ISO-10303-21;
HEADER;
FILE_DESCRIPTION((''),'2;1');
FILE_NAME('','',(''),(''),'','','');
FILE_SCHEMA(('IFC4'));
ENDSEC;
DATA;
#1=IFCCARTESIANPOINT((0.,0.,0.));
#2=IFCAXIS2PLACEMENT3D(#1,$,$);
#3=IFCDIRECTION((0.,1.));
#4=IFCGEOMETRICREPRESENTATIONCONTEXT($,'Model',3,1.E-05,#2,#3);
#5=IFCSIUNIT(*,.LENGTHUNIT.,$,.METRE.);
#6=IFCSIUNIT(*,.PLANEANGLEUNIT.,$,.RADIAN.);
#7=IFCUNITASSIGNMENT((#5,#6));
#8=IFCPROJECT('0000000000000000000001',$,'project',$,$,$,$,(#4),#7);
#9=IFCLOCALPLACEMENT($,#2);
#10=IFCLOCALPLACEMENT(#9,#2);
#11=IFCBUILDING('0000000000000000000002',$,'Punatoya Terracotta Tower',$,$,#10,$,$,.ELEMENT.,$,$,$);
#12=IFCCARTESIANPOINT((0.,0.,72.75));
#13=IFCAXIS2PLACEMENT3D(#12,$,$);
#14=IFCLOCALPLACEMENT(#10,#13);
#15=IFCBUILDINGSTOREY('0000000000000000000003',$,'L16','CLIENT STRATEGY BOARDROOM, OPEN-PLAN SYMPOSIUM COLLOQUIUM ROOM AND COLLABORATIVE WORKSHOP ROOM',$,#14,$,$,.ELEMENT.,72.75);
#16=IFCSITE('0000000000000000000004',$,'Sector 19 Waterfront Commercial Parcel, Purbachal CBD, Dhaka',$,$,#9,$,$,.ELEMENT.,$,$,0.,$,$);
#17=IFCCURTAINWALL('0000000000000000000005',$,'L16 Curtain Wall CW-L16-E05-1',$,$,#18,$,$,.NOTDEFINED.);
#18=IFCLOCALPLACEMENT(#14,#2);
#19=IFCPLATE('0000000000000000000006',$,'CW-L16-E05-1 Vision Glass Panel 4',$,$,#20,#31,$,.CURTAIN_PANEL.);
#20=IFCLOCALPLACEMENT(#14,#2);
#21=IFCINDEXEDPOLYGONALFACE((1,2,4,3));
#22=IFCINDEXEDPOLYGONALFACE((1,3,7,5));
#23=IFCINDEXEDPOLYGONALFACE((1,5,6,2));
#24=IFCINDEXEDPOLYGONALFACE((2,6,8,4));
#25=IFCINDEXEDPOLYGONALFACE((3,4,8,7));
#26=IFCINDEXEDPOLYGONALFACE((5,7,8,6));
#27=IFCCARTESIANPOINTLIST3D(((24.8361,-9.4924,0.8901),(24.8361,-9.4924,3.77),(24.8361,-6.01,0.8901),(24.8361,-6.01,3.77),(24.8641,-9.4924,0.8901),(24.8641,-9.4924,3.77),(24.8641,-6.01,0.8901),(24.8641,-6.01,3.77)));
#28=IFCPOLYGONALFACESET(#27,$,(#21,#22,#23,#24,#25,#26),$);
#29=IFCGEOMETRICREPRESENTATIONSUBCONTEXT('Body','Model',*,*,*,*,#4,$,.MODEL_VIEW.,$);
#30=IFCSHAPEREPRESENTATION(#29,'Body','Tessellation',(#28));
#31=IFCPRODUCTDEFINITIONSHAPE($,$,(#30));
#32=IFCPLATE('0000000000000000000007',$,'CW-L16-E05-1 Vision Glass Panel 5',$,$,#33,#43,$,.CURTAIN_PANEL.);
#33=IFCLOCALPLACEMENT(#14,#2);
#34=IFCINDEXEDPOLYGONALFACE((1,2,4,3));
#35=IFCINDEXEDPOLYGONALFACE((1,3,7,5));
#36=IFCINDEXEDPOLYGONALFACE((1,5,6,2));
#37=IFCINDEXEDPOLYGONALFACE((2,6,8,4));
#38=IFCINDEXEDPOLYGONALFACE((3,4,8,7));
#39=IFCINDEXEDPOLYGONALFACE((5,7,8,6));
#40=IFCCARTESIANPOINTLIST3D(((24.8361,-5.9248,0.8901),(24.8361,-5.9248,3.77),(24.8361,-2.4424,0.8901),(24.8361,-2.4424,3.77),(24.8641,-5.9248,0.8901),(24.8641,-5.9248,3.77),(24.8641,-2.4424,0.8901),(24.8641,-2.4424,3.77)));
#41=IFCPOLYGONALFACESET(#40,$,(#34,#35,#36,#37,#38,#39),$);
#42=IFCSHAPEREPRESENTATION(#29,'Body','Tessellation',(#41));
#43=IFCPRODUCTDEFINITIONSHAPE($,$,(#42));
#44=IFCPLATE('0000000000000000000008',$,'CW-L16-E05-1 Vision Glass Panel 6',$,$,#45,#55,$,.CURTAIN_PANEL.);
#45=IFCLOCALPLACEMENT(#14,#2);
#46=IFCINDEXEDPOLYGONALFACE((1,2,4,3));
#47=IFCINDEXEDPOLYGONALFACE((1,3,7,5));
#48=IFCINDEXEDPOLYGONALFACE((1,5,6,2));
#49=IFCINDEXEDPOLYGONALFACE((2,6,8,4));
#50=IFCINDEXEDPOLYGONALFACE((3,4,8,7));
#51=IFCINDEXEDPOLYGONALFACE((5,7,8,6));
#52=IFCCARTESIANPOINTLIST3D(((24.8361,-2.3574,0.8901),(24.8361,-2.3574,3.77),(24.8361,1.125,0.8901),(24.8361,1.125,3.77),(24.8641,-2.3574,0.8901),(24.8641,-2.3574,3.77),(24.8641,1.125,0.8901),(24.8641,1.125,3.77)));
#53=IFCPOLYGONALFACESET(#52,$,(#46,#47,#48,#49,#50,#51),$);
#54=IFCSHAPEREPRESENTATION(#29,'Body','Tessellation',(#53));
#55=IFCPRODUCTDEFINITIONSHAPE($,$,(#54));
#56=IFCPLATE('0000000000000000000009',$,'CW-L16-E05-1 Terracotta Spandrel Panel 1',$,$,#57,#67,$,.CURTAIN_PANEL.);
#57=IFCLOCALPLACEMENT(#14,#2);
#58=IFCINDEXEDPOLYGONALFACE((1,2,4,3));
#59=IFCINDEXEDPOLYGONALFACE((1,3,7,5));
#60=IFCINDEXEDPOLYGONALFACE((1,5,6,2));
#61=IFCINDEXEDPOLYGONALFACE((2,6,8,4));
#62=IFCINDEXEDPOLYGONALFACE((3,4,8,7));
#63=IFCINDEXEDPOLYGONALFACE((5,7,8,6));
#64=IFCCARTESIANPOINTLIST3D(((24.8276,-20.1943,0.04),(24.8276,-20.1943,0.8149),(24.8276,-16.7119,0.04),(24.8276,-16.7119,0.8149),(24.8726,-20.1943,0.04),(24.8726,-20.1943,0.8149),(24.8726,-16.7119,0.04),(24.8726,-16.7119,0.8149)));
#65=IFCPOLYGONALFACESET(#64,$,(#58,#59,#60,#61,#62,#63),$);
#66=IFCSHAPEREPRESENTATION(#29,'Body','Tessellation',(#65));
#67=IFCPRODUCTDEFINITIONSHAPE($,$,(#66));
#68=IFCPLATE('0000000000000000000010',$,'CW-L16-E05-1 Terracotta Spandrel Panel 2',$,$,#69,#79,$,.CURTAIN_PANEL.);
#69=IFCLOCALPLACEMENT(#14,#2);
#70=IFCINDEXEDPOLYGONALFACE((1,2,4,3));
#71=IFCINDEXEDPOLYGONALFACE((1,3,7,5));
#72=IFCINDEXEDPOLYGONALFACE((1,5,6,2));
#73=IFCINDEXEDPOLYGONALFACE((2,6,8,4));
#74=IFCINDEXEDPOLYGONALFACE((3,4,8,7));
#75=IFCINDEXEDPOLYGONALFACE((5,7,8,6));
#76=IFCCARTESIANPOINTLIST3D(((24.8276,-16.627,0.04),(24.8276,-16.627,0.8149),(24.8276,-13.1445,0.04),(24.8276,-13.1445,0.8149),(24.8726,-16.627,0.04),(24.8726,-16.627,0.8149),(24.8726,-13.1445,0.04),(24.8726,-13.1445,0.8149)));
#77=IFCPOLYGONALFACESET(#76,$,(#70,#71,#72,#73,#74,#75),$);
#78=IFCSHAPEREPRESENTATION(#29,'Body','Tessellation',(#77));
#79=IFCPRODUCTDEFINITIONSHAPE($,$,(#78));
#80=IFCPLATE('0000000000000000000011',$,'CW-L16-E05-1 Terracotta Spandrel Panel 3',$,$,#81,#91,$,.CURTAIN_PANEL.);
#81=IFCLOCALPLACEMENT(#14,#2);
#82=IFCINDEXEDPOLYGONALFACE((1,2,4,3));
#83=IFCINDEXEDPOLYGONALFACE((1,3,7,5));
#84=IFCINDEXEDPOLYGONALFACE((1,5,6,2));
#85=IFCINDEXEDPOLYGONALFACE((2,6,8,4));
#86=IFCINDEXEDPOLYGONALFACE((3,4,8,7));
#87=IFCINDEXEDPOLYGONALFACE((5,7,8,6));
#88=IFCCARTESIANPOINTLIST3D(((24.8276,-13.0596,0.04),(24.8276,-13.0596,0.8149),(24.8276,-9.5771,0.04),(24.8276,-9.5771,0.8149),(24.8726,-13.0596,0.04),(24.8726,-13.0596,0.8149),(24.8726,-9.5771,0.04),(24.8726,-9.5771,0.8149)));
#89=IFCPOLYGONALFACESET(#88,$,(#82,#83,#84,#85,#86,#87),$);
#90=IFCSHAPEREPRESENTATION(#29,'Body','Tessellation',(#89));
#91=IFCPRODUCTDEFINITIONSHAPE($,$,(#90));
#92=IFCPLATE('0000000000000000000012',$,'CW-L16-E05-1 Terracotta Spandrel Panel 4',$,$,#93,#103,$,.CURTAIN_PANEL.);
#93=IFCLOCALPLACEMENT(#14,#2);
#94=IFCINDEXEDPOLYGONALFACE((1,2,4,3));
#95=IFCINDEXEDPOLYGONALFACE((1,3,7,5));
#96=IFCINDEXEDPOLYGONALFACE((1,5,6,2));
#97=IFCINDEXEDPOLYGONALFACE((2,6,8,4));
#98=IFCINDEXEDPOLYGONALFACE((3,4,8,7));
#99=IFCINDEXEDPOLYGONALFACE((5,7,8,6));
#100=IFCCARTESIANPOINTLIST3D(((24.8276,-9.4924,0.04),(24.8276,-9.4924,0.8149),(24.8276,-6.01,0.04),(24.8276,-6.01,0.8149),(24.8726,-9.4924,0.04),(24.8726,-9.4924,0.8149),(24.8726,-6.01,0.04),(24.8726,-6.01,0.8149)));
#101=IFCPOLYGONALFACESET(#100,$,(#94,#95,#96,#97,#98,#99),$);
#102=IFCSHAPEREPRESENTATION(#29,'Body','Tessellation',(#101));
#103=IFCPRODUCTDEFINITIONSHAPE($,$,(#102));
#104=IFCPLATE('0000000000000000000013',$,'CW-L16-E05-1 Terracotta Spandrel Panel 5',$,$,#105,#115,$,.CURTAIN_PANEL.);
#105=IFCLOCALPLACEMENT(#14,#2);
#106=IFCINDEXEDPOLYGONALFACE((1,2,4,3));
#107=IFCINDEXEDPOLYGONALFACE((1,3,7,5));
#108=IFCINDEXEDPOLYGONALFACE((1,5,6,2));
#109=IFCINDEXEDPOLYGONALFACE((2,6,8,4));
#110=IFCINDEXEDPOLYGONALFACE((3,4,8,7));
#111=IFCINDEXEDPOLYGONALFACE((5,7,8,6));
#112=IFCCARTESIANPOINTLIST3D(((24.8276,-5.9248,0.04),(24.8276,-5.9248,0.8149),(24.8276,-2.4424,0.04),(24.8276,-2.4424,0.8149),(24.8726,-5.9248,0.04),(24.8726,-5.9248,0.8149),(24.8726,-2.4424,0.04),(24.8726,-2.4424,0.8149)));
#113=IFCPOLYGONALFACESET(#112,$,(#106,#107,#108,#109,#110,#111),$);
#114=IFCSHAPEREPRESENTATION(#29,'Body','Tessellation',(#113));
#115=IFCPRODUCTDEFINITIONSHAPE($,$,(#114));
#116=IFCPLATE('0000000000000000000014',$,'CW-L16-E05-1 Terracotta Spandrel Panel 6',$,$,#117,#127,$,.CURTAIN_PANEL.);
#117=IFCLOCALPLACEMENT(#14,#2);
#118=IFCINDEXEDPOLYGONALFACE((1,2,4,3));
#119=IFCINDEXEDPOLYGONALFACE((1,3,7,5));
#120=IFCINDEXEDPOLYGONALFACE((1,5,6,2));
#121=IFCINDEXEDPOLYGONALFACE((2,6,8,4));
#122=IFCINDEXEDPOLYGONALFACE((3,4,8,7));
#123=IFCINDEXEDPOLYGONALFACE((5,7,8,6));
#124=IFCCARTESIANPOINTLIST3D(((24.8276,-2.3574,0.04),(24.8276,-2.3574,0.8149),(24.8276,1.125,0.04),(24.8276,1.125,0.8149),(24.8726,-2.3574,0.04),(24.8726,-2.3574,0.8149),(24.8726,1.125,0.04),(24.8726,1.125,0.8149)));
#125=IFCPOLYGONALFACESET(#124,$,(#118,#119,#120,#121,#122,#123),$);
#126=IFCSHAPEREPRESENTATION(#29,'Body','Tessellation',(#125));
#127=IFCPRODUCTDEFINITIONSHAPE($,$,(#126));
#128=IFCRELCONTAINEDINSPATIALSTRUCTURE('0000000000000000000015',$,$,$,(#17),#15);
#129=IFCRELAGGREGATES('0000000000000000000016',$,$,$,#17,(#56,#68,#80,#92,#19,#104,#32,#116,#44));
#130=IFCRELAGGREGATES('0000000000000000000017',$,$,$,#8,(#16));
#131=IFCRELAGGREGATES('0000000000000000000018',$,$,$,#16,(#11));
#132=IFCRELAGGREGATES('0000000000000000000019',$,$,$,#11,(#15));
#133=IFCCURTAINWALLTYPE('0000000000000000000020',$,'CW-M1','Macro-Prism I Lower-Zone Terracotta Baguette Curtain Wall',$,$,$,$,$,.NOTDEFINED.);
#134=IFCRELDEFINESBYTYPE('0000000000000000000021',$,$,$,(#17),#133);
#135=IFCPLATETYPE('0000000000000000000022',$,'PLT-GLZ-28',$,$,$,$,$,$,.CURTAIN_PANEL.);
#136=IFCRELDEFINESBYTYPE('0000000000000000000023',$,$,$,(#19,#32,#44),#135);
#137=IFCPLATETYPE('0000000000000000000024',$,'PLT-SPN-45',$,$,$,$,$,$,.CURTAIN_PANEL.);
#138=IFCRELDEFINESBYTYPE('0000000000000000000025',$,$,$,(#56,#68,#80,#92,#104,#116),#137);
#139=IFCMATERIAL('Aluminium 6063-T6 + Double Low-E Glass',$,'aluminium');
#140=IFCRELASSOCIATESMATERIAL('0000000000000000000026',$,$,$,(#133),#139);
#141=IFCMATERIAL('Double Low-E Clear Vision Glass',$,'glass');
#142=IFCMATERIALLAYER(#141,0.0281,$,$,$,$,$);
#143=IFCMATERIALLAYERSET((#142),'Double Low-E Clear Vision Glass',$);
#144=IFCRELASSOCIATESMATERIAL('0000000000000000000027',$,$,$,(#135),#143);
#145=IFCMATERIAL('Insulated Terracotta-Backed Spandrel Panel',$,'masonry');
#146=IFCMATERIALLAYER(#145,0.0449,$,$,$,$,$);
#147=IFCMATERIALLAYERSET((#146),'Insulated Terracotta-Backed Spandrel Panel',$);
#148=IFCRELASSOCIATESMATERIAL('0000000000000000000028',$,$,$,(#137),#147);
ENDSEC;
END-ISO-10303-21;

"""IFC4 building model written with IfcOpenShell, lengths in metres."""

from ifc_helpers import new_model, si_unit, direction, frame, origin, origin_2d, place, context, subcontext, project, spatial, rectangle, extrude, material, layer, layer_set, type_object, element, aggregate, save


model = new_model("IFC4")

# Units and contexts
model_context = context("Model", 3, precision=1e-05, world=origin(), true_north=direction((0.0, 1.0)))
body_context = subcontext(model_context, "Body", "Model", "MODEL_VIEW")
ifc_project = project(units=[si_unit("LENGTHUNIT", "METRE"), si_unit("PLANEANGLEUNIT", "RADIAN")], contexts=[model_context])

# Site, building, storey
site_placement = place(None, origin())
site = spatial("IfcSite", under=ifc_project, at=site_placement, Name="Sector 19 Waterfront Commercial Parcel, Purbachal CBD, Dhaka", CompositionType="ELEMENT", RefElevation=0.0)
building_placement = place(site_placement, origin())
building = spatial("IfcBuilding", under=site, at=building_placement, Name="Punatoya Terracotta Tower", CompositionType="ELEMENT")
storey_placement = place(building_placement, frame((0.0, 0.0, 72.75)))
storey = spatial("IfcBuildingStorey", under=building, at=storey_placement, Name="L16", Description="CLIENT STRATEGY BOARDROOM, OPEN-PLAN SYMPOSIUM COLLOQUIUM ROOM AND COLLABORATIVE WORKSHOP ROOM", CompositionType="ELEMENT", Elevation=72.75)

# Curtain wall, plates
ifc_material_1 = material(Name="Aluminium 6063-T6 + Double Low-E Glass", Category="aluminium")
curtain_wall_type = type_object("IfcCurtainWallType", Name="CW-M1", Description="Macro-Prism I Lower-Zone Terracotta Baguette Curtain Wall", PredefinedType="NOTDEFINED", material=ifc_material_1)
curtain_wall_placement = place(storey_placement, origin())
curtain_wall = element("IfcCurtainWall", 1, at=curtain_wall_placement, inside=storey, type_object=curtain_wall_type, Name="L16 Curtain Wall CW-L16-E05-1", PredefinedType="NOTDEFINED")
ifc_material_2 = material(Name="Double Low-E Clear Vision Glass", Category="glass")
ifc_layer_1 = layer(ifc_material_2, 0.0281)
ifc_layer_set_1 = layer_set([ifc_layer_1], Name="Double Low-E Clear Vision Glass")
plate_type_1 = type_object("IfcPlateType", Name="PLT-GLZ-28", PredefinedType="CURTAIN_PANEL", material=ifc_layer_set_1)
plate_1_placement = place(storey_placement, frame((24.8501, -7.7512, 0.8901), z_axis=(0.0, 0.0, 1.0), x_axis=(0.0, 1.0, 0.0)))
plate_1 = element("IfcPlate", 2, at=plate_1_placement, type_object=plate_type_1, Name="CW-L16-E05-1 Vision Glass Panel 4", PredefinedType="CURTAIN_PANEL", context=body_context, shape_type="SweptSolid", body=[
    extrude(rectangle(XDim=3.4824, YDim=0.0281, at=origin_2d()), origin(), (0.0, 0.0, 1.0), 2.8799),
])
plate_2_placement = place(storey_placement, frame((24.8501, -4.1836, 0.8901), z_axis=(0.0, 0.0, 1.0), x_axis=(0.0, 1.0, 0.0)))
plate_2 = element("IfcPlate", 3, at=plate_2_placement, type_object=plate_type_1, Name="CW-L16-E05-1 Vision Glass Panel 5", PredefinedType="CURTAIN_PANEL", context=body_context, shape_type="SweptSolid", body=[
    extrude(rectangle(XDim=3.4824, YDim=0.0281, at=origin_2d()), origin(), (0.0, 0.0, 1.0), 2.8799),
])
plate_3_placement = place(storey_placement, frame((24.8501, -0.6162, 0.8901), z_axis=(0.0, 0.0, 1.0), x_axis=(0.0, 1.0, 0.0)))
plate_3 = element("IfcPlate", 4, at=plate_3_placement, type_object=plate_type_1, Name="CW-L16-E05-1 Vision Glass Panel 6", PredefinedType="CURTAIN_PANEL", context=body_context, shape_type="SweptSolid", body=[
    extrude(rectangle(XDim=3.4824, YDim=0.0281, at=origin_2d()), origin(), (0.0, 0.0, 1.0), 2.8799),
])
ifc_material_3 = material(Name="Insulated Terracotta-Backed Spandrel Panel", Category="masonry")
ifc_layer_2 = layer(ifc_material_3, 0.0449)
ifc_layer_set_2 = layer_set([ifc_layer_2], Name="Insulated Terracotta-Backed Spandrel Panel")
plate_type_2 = type_object("IfcPlateType", Name="PLT-SPN-45", PredefinedType="CURTAIN_PANEL", material=ifc_layer_set_2)
plate_4_placement = place(storey_placement, frame((24.8501, -18.4531, 0.04), z_axis=(0.0, 0.0, 1.0), x_axis=(0.0, 1.0, 0.0)))
plate_4 = element("IfcPlate", 5, at=plate_4_placement, type_object=plate_type_2, Name="CW-L16-E05-1 Terracotta Spandrel Panel 1", PredefinedType="CURTAIN_PANEL", context=body_context, shape_type="SweptSolid", body=[
    extrude(rectangle(XDim=3.4824, YDim=0.0449, at=origin_2d()), origin(), (0.0, 0.0, 1.0), 0.7749),
])
plate_5_placement = place(storey_placement, frame((24.8501, -14.8857, 0.04), z_axis=(0.0, 0.0, 1.0), x_axis=(0.0, 1.0, 0.0)))
plate_5 = element("IfcPlate", 6, at=plate_5_placement, type_object=plate_type_2, Name="CW-L16-E05-1 Terracotta Spandrel Panel 2", PredefinedType="CURTAIN_PANEL", context=body_context, shape_type="SweptSolid", body=[
    extrude(rectangle(XDim=3.4824, YDim=0.0449, at=origin_2d()), origin(), (0.0, 0.0, 1.0), 0.7749),
])
plate_6_placement = place(storey_placement, frame((24.8501, -11.3184, 0.04), z_axis=(0.0, 0.0, 1.0), x_axis=(0.0, 1.0, 0.0)))
plate_6 = element("IfcPlate", 7, at=plate_6_placement, type_object=plate_type_2, Name="CW-L16-E05-1 Terracotta Spandrel Panel 3", PredefinedType="CURTAIN_PANEL", context=body_context, shape_type="SweptSolid", body=[
    extrude(rectangle(XDim=3.4824, YDim=0.0449, at=origin_2d()), origin(), (0.0, 0.0, 1.0), 0.7749),
])
plate_7_placement = place(storey_placement, frame((24.8501, -7.7512, 0.04), z_axis=(0.0, 0.0, 1.0), x_axis=(0.0, 1.0, 0.0)))
plate_7 = element("IfcPlate", 8, at=plate_7_placement, type_object=plate_type_2, Name="CW-L16-E05-1 Terracotta Spandrel Panel 4", PredefinedType="CURTAIN_PANEL", context=body_context, shape_type="SweptSolid", body=[
    extrude(rectangle(XDim=3.4824, YDim=0.0449, at=origin_2d()), origin(), (0.0, 0.0, 1.0), 0.7749),
])
plate_8_placement = place(storey_placement, frame((24.8501, -4.1836, 0.04), z_axis=(0.0, 0.0, 1.0), x_axis=(0.0, 1.0, 0.0)))
plate_8 = element("IfcPlate", 9, at=plate_8_placement, type_object=plate_type_2, Name="CW-L16-E05-1 Terracotta Spandrel Panel 5", PredefinedType="CURTAIN_PANEL", context=body_context, shape_type="SweptSolid", body=[
    extrude(rectangle(XDim=3.4824, YDim=0.0449, at=origin_2d()), origin(), (0.0, 0.0, 1.0), 0.7749),
])
plate_9_placement = place(storey_placement, frame((24.8501, -0.6162, 0.04), z_axis=(0.0, 0.0, 1.0), x_axis=(0.0, 1.0, 0.0)))
plate_9 = element("IfcPlate", 10, at=plate_9_placement, type_object=plate_type_2, Name="CW-L16-E05-1 Terracotta Spandrel Panel 6", PredefinedType="CURTAIN_PANEL", context=body_context, shape_type="SweptSolid", body=[
    extrude(rectangle(XDim=3.4824, YDim=0.0449, at=origin_2d()), origin(), (0.0, 0.0, 1.0), 0.7749),
])
aggregate(curtain_wall, [plate_4, plate_5, plate_6, plate_7, plate_1, plate_8, plate_2, plate_9, plate_3])

save(model, "model.ifc")
